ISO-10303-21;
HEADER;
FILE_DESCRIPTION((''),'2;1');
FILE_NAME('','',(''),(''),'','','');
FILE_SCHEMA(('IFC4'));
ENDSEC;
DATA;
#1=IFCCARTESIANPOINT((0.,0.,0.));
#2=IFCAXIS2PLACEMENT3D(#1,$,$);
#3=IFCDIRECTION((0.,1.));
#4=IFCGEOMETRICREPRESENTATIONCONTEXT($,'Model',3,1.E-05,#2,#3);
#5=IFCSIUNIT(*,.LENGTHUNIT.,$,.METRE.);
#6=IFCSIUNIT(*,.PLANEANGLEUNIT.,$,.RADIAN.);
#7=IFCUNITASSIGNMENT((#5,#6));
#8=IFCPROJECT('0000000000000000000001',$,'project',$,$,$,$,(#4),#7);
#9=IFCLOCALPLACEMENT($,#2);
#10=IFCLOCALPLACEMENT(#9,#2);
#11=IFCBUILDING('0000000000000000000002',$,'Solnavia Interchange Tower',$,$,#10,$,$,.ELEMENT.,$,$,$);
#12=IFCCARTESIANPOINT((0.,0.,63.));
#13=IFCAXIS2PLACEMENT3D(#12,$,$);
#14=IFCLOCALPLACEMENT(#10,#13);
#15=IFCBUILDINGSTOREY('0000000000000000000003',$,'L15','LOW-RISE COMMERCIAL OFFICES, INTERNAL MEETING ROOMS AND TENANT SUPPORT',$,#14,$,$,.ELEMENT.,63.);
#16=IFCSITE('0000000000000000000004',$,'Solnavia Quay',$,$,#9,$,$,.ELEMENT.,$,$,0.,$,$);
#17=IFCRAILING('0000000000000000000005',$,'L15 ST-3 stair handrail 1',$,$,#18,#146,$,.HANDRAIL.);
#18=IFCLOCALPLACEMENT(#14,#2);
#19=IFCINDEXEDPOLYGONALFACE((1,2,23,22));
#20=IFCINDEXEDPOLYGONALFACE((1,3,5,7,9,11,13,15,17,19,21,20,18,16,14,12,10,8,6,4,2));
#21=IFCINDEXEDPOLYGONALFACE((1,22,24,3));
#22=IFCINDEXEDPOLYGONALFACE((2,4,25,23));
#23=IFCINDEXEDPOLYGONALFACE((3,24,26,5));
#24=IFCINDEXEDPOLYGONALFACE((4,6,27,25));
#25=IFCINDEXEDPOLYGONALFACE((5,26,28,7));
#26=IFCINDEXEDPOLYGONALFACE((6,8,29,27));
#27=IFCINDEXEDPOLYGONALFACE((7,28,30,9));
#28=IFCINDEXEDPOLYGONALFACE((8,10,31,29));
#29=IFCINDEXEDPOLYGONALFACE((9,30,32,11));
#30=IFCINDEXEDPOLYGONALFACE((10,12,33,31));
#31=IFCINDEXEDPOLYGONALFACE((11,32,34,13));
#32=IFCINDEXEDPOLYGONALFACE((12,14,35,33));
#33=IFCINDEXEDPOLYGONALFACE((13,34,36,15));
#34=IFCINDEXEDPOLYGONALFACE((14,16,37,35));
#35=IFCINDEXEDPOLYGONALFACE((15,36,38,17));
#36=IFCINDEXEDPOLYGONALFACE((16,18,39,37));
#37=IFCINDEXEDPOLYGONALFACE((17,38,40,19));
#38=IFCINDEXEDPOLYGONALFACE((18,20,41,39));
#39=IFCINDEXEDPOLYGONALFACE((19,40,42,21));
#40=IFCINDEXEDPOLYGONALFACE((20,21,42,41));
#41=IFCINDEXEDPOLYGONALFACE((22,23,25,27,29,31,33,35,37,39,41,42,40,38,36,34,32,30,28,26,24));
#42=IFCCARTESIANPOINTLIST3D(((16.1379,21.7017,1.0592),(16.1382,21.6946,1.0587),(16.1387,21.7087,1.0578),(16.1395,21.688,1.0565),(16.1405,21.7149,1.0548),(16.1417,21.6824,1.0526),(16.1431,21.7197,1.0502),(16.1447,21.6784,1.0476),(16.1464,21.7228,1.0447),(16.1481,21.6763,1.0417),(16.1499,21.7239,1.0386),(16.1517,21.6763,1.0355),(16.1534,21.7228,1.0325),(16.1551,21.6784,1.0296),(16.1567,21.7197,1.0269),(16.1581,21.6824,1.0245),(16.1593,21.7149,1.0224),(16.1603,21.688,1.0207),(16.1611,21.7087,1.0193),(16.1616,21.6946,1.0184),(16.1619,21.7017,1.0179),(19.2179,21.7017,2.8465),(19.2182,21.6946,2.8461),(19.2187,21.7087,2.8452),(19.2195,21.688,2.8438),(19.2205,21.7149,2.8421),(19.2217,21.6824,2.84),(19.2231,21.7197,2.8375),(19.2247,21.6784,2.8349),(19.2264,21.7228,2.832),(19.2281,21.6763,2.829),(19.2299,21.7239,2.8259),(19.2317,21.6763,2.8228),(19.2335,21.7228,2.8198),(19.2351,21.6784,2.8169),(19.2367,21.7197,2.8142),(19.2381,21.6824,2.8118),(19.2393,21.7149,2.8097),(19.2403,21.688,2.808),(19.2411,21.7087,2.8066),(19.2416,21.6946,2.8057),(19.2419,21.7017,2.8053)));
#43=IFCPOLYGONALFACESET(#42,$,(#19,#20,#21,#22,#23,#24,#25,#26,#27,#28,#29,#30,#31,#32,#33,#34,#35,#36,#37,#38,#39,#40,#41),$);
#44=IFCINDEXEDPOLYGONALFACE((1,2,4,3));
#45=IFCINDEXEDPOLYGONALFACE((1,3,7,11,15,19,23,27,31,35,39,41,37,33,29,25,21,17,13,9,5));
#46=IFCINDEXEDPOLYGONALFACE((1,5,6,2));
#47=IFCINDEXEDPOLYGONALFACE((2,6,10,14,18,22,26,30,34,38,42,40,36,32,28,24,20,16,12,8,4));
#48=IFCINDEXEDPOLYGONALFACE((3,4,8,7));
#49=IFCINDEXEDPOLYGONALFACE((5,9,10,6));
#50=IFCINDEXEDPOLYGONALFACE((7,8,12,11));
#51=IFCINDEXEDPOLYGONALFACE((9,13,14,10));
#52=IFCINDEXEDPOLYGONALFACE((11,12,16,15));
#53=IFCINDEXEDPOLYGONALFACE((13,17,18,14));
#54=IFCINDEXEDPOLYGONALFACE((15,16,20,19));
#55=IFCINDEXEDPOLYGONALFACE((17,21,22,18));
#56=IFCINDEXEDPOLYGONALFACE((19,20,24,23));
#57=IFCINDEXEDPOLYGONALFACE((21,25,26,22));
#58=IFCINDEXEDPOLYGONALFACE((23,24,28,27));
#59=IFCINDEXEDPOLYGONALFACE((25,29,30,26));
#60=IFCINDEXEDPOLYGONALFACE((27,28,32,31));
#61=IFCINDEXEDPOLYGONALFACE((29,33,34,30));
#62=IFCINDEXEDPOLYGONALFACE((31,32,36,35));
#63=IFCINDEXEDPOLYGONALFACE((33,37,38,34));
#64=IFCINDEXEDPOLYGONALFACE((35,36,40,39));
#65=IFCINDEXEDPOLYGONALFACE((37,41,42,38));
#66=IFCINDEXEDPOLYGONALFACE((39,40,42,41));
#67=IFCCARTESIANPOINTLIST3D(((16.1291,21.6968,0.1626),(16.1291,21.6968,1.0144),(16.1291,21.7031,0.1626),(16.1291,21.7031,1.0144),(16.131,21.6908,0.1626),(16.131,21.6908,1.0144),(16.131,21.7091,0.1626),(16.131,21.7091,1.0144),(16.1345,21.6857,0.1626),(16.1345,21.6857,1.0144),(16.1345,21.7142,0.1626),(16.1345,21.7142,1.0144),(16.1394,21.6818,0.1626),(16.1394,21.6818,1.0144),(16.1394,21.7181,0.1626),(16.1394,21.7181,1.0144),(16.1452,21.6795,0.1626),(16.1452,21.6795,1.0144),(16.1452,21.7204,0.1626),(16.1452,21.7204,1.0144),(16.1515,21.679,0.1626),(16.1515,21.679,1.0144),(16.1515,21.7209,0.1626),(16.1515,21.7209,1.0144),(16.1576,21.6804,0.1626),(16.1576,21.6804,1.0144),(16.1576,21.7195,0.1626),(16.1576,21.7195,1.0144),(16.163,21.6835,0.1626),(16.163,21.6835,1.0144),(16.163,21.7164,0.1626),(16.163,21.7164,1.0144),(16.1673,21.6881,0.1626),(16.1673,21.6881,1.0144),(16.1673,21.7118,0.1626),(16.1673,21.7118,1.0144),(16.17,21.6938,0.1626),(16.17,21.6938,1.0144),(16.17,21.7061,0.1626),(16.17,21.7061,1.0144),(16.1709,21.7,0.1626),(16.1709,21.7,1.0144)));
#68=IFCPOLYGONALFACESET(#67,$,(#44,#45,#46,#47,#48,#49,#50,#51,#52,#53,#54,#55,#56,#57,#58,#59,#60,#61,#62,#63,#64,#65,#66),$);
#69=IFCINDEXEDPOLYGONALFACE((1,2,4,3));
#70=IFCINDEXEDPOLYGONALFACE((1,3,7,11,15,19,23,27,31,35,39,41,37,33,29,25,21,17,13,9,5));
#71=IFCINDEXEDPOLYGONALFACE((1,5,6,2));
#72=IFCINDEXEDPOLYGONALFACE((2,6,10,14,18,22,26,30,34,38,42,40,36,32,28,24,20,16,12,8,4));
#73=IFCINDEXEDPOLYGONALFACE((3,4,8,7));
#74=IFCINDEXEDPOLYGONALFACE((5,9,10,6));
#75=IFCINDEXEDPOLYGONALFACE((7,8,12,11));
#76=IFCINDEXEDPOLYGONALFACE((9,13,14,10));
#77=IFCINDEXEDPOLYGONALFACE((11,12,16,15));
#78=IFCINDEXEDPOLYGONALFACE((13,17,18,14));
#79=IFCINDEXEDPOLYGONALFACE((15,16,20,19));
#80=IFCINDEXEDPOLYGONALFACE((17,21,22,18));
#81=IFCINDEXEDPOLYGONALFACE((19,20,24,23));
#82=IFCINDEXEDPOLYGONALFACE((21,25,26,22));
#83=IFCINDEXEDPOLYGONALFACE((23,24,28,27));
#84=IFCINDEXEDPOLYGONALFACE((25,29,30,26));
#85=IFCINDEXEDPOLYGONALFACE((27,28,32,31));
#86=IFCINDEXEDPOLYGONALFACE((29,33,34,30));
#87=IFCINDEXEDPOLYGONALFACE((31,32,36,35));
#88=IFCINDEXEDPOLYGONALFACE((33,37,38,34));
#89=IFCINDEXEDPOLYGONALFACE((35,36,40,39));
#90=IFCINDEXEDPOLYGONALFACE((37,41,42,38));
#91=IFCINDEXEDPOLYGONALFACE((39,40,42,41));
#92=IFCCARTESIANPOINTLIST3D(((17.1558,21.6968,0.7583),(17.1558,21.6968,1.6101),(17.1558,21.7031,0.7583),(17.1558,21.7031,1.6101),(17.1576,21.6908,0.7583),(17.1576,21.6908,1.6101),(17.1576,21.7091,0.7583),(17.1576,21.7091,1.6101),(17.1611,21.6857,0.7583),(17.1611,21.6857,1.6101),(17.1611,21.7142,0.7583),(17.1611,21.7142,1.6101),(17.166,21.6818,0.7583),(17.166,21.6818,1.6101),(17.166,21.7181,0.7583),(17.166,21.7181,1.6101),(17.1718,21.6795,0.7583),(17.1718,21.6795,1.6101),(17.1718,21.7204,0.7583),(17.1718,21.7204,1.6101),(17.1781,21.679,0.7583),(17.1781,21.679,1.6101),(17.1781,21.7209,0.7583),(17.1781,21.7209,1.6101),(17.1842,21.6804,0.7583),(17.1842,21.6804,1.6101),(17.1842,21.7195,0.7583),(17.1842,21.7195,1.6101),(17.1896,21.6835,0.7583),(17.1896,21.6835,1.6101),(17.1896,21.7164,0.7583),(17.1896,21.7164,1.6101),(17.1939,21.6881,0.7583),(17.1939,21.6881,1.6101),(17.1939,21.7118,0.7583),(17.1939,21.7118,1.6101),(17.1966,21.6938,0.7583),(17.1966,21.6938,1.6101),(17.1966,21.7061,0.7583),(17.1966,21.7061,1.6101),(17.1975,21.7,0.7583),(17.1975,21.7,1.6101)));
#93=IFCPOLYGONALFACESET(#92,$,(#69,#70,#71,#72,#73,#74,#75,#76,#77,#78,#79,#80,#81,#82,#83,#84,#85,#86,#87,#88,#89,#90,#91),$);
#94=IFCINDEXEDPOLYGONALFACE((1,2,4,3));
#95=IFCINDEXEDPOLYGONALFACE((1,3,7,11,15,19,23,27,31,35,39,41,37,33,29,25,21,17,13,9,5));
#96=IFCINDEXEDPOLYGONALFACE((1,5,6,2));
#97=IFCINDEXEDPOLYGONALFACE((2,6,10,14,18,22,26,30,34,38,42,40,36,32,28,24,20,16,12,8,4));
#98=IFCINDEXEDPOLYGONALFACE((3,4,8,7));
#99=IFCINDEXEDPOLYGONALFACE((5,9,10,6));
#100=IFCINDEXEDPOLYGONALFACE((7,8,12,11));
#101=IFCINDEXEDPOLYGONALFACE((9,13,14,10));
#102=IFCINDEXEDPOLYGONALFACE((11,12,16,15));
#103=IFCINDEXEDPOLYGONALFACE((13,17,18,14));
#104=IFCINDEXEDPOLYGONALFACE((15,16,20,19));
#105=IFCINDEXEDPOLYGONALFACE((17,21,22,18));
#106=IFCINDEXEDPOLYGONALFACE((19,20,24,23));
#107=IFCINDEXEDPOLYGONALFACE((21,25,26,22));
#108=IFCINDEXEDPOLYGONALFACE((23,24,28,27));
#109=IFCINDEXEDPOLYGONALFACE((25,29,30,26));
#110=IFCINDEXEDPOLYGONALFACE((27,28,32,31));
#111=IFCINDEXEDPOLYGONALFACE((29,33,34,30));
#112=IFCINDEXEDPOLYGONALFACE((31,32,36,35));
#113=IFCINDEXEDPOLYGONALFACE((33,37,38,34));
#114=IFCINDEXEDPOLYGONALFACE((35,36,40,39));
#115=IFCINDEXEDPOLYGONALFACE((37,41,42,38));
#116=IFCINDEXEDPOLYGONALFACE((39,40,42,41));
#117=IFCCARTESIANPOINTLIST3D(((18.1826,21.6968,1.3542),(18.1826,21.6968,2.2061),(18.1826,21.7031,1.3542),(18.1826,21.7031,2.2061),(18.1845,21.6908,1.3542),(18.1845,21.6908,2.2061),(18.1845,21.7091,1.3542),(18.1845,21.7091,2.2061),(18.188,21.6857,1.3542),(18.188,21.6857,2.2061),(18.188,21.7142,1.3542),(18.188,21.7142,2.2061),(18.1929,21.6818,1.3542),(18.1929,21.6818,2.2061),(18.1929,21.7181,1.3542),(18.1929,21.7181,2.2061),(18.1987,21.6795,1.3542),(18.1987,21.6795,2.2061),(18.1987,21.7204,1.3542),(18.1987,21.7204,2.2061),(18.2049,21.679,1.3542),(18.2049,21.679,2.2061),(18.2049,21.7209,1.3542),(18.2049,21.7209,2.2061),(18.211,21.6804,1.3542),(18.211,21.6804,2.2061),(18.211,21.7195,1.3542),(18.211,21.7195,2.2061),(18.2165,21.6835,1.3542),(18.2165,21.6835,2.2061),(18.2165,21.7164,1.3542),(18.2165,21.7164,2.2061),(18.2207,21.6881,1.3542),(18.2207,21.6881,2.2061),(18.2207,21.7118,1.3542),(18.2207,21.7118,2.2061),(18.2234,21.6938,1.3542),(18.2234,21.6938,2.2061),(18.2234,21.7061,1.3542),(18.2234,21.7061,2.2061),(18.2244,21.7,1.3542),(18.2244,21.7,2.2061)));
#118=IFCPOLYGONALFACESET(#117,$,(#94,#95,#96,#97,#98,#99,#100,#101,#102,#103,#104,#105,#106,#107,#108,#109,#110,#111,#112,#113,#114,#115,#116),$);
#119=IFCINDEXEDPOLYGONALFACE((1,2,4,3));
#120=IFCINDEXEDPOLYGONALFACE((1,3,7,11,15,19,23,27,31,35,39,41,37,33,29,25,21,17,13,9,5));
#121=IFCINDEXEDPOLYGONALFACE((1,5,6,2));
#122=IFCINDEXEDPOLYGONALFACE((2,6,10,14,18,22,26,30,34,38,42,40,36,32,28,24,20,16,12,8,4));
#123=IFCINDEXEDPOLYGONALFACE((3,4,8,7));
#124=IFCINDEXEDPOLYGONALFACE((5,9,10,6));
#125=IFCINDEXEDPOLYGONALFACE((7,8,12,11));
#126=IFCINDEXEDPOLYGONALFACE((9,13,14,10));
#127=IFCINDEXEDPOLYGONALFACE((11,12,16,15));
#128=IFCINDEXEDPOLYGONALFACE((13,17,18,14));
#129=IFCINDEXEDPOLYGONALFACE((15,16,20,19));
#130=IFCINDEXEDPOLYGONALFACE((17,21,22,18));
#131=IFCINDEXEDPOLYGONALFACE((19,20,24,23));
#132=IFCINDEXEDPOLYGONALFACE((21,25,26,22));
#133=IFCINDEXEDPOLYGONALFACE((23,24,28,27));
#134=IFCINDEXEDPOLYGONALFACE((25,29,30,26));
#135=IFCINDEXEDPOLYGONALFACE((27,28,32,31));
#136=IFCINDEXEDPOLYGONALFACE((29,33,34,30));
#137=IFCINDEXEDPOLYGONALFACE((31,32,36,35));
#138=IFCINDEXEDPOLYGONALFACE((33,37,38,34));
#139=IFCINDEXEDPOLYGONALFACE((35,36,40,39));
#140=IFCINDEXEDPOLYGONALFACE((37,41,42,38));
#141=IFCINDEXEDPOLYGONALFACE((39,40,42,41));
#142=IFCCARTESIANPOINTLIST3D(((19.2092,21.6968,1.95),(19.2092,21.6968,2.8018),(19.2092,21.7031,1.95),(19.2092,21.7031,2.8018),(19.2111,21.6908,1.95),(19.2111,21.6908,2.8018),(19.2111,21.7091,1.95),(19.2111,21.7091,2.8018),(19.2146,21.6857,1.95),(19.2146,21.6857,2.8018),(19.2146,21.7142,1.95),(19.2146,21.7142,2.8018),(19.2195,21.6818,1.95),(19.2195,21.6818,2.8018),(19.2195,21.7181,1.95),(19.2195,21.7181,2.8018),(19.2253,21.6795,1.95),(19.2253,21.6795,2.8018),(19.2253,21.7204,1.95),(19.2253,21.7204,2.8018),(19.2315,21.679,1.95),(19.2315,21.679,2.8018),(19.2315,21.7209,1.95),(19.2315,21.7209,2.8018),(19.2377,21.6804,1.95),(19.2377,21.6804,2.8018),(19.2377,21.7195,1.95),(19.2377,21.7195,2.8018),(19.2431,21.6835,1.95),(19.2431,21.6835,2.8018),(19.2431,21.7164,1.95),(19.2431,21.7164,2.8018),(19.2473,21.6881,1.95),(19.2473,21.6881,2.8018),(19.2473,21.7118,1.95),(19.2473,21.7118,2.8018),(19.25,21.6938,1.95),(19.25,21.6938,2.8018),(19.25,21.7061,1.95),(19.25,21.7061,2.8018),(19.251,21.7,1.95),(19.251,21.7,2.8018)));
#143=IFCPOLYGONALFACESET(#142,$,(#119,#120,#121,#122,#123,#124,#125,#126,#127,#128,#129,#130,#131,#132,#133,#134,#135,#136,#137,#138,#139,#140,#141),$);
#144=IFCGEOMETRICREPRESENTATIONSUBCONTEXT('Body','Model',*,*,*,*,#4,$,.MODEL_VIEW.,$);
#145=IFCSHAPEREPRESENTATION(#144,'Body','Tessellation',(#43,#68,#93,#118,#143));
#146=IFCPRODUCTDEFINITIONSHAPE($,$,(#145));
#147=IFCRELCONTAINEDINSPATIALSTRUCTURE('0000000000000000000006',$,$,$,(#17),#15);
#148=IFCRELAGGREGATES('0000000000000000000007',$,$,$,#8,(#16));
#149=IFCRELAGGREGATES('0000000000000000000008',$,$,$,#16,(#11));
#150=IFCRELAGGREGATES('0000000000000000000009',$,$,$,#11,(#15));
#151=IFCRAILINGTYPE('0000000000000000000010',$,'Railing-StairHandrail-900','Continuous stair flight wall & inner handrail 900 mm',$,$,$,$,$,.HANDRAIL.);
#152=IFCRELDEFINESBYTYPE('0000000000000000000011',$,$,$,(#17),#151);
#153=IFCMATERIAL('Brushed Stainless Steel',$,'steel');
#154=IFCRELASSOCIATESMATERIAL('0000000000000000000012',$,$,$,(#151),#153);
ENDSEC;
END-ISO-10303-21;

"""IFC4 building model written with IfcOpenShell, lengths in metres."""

from ifc_helpers import new_model, si_unit, direction, frame, origin, origin_2d, place, context, subcontext, project, spatial, circle, extrude, material, type_object, element, save


model = new_model("IFC4")

# Units and contexts
model_context = context("Model", 3, precision=1e-05, world=origin(), true_north=direction((0.0, 1.0)))
body_context = subcontext(model_context, "Body", "Model", "MODEL_VIEW")
ifc_project = project(units=[si_unit("LENGTHUNIT", "METRE"), si_unit("PLANEANGLEUNIT", "RADIAN")], contexts=[model_context])

# Site, building, storey
site_placement = place(None, origin())
site = spatial("IfcSite", under=ifc_project, at=site_placement, Name="Solnavia Quay", CompositionType="ELEMENT", RefElevation=0.0)
building_placement = place(site_placement, origin())
building = spatial("IfcBuilding", under=site, at=building_placement, Name="Solnavia Interchange Tower", CompositionType="ELEMENT")
storey_placement = place(building_placement, frame((0.0, 0.0, 63.0)))
storey = spatial("IfcBuildingStorey", under=building, at=storey_placement, Name="L15", Description="LOW-RISE COMMERCIAL OFFICES, INTERNAL MEETING ROOMS AND TENANT SUPPORT", CompositionType="ELEMENT", Elevation=63.0)

# Railing
ifc_material_1 = material(Name="Brushed Stainless Steel", Category="steel")
railing_type_1 = type_object("IfcRailingType", Name="Railing-StairHandrail-900", Description="Continuous stair flight wall & inner handrail 900 mm", PredefinedType="HANDRAIL", material=ifc_material_1)
railing_1_placement = place(storey_placement, frame((16.1499, 21.7, 0.1626)))
element("IfcRailing", 1, at=railing_1_placement, inside=storey, type_object=railing_type_1, Name="L15 ST-3 stair handrail 1", PredefinedType="HANDRAIL", context=body_context, shape_type="SweptSolid", body=[
    extrude(circle(Radius=0.0239, at=origin_2d()), frame((0.0, 0.0, 0.876), z_axis=(0.86492, 0.0, 0.501909), x_axis=(0.0, 1.0, 0.0)), (0.0, 0.0, 1.0), 3.561),
    extrude(circle(Radius=0.021, at=origin_2d()), origin(), (0.0, 0.0, 1.0), 0.8518),
    extrude(circle(Radius=0.021, at=origin_2d()), frame((1.0266, 0.0, 0.5957)), (0.0, 0.0, 1.0), 0.8518),
    extrude(circle(Radius=0.021, at=origin_2d()), frame((2.0535, 0.0, 1.1917)), (0.0, 0.0, 1.0), 0.8518),
    extrude(circle(Radius=0.021, at=origin_2d()), frame((3.0801, 0.0, 1.7874)), (0.0, 0.0, 1.0), 0.8518),
])

save(model, "model.ifc")
